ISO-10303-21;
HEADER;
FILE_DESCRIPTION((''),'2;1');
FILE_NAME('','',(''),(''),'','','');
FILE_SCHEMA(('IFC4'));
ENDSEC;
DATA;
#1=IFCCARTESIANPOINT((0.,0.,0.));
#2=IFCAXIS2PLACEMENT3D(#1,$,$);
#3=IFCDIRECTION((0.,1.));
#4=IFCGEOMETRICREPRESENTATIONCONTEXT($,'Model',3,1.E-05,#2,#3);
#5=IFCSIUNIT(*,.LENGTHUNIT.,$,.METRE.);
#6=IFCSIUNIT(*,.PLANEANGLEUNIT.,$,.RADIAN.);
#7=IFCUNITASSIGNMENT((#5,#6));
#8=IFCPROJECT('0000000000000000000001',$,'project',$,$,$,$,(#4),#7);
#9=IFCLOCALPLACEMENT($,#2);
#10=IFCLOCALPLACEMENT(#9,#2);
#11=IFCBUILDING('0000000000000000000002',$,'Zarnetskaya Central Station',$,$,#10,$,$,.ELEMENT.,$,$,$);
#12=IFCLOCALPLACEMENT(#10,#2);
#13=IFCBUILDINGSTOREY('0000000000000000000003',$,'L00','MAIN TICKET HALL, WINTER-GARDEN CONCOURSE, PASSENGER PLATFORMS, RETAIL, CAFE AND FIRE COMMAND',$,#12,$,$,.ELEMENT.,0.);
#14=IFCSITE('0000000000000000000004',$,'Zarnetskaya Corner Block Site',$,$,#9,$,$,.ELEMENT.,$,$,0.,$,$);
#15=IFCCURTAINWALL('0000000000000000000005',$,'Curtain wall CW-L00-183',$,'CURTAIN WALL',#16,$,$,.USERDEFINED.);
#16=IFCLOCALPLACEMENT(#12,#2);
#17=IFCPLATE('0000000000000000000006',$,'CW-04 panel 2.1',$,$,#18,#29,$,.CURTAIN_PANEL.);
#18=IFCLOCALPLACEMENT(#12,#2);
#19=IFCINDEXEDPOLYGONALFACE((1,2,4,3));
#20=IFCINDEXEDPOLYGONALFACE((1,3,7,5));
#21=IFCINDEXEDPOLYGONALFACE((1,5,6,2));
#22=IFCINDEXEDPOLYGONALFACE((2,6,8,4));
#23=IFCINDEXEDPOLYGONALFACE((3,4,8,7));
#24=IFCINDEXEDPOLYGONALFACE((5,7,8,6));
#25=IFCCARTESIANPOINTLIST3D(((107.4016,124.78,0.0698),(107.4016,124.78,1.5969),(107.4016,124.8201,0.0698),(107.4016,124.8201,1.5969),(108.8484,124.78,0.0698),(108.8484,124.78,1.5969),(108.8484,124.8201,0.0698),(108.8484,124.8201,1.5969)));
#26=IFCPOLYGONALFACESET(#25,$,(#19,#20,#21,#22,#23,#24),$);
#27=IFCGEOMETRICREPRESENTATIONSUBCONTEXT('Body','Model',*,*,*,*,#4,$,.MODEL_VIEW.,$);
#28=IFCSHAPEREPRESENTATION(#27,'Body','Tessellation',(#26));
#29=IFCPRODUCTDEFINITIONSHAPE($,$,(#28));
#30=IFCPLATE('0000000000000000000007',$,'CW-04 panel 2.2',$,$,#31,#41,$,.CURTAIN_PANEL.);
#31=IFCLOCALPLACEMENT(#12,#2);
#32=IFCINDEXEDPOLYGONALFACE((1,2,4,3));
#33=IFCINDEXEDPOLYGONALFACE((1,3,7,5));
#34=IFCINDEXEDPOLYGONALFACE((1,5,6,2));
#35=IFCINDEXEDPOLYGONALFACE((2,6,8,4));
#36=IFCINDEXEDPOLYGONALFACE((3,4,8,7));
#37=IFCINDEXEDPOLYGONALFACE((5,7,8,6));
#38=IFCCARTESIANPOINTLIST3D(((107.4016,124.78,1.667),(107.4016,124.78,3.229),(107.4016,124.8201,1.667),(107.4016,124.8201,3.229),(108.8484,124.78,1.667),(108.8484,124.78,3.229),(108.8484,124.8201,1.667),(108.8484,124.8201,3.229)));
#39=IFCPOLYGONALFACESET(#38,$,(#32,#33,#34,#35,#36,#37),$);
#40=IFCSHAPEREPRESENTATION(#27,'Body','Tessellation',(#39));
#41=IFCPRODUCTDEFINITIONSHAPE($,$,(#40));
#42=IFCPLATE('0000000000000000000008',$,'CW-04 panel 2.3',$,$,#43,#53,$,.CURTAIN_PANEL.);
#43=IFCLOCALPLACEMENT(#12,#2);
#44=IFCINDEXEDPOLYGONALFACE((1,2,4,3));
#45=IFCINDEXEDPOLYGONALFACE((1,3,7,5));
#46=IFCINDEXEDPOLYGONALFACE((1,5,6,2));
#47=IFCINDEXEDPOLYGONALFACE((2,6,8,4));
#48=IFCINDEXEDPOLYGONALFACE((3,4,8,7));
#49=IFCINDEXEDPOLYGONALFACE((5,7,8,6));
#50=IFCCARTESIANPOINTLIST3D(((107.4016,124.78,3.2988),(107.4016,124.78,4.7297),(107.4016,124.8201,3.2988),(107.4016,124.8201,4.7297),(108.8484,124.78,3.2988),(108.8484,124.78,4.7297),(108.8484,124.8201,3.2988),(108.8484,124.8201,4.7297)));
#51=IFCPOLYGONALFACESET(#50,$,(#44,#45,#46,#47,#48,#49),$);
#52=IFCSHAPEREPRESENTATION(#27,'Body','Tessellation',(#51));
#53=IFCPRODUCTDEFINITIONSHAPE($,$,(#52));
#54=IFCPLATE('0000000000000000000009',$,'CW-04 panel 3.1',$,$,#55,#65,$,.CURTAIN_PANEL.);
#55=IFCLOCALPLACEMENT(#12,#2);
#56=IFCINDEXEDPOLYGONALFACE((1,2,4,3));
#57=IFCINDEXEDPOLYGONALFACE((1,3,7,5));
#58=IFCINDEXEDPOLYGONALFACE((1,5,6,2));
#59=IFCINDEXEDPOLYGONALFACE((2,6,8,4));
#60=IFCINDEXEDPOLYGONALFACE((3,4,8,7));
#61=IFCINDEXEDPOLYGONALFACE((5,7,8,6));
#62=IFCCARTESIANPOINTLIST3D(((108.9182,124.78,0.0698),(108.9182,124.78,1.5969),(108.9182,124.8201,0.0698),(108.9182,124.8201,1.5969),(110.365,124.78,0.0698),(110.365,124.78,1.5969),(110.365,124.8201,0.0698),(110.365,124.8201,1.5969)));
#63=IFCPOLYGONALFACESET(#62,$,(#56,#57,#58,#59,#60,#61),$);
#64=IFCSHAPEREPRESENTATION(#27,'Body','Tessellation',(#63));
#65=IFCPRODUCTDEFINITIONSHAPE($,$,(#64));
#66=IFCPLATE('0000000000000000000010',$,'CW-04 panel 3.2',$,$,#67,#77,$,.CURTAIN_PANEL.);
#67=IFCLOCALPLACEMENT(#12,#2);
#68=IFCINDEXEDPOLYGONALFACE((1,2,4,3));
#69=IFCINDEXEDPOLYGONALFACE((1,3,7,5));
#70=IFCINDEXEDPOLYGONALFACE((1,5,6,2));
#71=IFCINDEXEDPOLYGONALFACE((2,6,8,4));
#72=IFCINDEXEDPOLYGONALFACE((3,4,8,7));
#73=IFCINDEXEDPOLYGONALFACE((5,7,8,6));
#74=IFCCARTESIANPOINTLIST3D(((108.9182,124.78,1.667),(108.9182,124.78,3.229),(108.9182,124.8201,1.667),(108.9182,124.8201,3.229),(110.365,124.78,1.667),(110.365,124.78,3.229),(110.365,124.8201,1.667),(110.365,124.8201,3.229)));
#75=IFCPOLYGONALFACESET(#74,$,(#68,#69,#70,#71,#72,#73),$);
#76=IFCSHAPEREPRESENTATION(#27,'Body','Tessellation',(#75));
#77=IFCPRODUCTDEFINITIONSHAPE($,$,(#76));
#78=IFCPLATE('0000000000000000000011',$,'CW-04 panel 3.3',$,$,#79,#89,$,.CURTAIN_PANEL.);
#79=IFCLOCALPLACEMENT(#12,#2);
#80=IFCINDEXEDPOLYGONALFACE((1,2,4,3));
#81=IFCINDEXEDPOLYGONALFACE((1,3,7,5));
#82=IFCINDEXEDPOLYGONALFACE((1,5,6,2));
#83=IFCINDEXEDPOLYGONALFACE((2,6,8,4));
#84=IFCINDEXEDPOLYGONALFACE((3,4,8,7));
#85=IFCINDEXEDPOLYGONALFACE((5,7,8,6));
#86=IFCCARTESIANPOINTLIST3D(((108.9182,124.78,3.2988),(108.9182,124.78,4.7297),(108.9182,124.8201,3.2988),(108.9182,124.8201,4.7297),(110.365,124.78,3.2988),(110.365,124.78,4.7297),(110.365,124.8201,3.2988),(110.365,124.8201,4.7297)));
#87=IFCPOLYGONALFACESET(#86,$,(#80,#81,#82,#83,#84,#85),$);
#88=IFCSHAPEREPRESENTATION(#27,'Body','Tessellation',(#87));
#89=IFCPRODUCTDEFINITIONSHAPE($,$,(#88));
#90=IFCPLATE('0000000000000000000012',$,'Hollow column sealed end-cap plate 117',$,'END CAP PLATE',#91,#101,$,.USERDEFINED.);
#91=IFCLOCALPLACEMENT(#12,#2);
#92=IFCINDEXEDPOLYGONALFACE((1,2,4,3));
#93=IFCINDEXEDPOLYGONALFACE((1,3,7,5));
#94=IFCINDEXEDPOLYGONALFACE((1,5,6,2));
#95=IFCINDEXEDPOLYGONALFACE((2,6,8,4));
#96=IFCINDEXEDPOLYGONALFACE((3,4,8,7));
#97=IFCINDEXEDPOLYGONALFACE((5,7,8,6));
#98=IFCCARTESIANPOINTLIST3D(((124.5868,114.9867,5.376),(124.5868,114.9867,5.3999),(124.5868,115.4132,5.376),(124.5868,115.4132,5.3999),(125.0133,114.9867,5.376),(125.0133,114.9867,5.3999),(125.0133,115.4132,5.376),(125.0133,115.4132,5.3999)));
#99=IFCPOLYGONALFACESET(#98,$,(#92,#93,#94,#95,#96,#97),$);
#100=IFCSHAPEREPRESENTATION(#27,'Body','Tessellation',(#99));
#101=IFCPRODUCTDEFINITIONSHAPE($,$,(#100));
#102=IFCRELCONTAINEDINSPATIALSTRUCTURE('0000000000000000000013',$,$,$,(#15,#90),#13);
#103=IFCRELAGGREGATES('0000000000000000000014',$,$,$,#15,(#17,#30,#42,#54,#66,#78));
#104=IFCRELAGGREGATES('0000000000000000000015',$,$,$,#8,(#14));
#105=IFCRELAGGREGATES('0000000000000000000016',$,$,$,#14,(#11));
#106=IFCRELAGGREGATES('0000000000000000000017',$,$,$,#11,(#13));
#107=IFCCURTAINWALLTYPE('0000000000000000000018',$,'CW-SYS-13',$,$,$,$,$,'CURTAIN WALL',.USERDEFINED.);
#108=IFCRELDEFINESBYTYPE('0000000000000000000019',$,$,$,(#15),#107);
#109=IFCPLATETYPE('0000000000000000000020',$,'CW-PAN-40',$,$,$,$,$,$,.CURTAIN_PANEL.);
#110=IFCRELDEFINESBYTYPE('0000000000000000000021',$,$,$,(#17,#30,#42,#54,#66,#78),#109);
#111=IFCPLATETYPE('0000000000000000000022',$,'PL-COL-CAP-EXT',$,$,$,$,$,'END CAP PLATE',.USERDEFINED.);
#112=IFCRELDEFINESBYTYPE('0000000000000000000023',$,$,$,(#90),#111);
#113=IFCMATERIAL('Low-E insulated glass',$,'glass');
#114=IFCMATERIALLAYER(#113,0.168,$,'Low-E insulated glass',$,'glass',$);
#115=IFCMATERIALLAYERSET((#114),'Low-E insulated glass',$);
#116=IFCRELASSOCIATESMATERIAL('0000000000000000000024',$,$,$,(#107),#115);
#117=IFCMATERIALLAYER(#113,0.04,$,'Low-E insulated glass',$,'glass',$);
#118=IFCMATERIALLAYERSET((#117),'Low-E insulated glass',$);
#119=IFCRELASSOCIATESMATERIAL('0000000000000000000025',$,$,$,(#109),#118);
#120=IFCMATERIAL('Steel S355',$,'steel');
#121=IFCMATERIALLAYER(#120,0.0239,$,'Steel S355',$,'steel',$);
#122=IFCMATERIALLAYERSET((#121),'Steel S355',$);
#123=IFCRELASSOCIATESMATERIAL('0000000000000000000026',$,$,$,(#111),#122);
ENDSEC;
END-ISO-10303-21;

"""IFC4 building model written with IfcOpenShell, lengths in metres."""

from ifc_helpers import new_model, si_unit, direction, frame, origin, origin_2d, place, context, subcontext, project, spatial, rectangle, extrude, material, layer, layer_set, type_object, element, aggregate, save


model = new_model("IFC4")

# Units and contexts
model_context = context("Model", 3, precision=1e-05, world=origin(), true_north=direction((0.0, 1.0)))
body_context = subcontext(model_context, "Body", "Model", "MODEL_VIEW")
ifc_project = project(units=[si_unit("LENGTHUNIT", "METRE"), si_unit("PLANEANGLEUNIT", "RADIAN")], contexts=[model_context])

# Site, building, storey
site_placement = place(None, origin())
site = spatial("IfcSite", under=ifc_project, at=site_placement, Name="Zarnetskaya Corner Block Site", CompositionType="ELEMENT", RefElevation=0.0)
building_placement = place(site_placement, origin())
building = spatial("IfcBuilding", under=site, at=building_placement, Name="Zarnetskaya Central Station", CompositionType="ELEMENT")
storey_placement = place(building_placement, origin())
storey = spatial("IfcBuildingStorey", under=building, at=storey_placement, Name="L00", Description="MAIN TICKET HALL, WINTER-GARDEN CONCOURSE, PASSENGER PLATFORMS, RETAIL, CAFE AND FIRE COMMAND", CompositionType="ELEMENT", Elevation=0.0)

# Shared definitions
ifc_material_1 = material(Name="Steel S355", Category="steel")

# Curtain wall, plates
ifc_material_2 = material(Name="Low-E insulated glass", Category="glass")
ifc_layer_1 = layer(ifc_material_2, 0.168, Name="Low-E insulated glass", Category="glass")
ifc_layer_set_1 = layer_set([ifc_layer_1], Name="Low-E insulated glass")
curtain_wall_type = type_object("IfcCurtainWallType", Name="CW-SYS-13", ElementType="CURTAIN WALL", PredefinedType="USERDEFINED", material=ifc_layer_set_1)
curtain_wall_placement = place(storey_placement, origin())
curtain_wall = element("IfcCurtainWall", 1, at=curtain_wall_placement, inside=storey, type_object=curtain_wall_type, Name="Curtain wall CW-L00-183", ObjectType="CURTAIN WALL", PredefinedType="USERDEFINED")
ifc_layer_2 = layer(ifc_material_2, 0.04, Name="Low-E insulated glass", Category="glass")
ifc_layer_set_2 = layer_set([ifc_layer_2], Name="Low-E insulated glass")
plate_type_1 = type_object("IfcPlateType", Name="CW-PAN-40", PredefinedType="CURTAIN_PANEL", material=ifc_layer_set_2)
plate_1_placement = place(storey_placement, frame((108.125, 124.8, 0.0698), z_axis=(0.0, 0.0, 1.0), x_axis=(1.0, 0.0, 0.0)))
plate_1 = element("IfcPlate", 2, at=plate_1_placement, type_object=plate_type_1, Name="CW-04 panel 2.1", PredefinedType="CURTAIN_PANEL", context=body_context, shape_type="SweptSolid", body=[
    extrude(rectangle(XDim=1.4468, YDim=0.04, at=origin_2d()), origin(), (0.0, 0.0, 1.0), 1.5271),
])
plate_2_placement = place(storey_placement, frame((108.125, 124.8, 1.667), z_axis=(0.0, 0.0, 1.0), x_axis=(1.0, 0.0, 0.0)))
plate_2 = element("IfcPlate", 3, at=plate_2_placement, type_object=plate_type_1, Name="CW-04 panel 2.2", PredefinedType="CURTAIN_PANEL", context=body_context, shape_type="SweptSolid", body=[
    extrude(rectangle(XDim=1.4468, YDim=0.04, at=origin_2d()), origin(), (0.0, 0.0, 1.0), 1.562),
])
plate_3_placement = place(storey_placement, frame((108.125, 124.8, 3.2988), z_axis=(0.0, 0.0, 1.0), x_axis=(1.0, 0.0, 0.0)))
plate_3 = element("IfcPlate", 4, at=plate_3_placement, type_object=plate_type_1, Name="CW-04 panel 2.3", PredefinedType="CURTAIN_PANEL", context=body_context, shape_type="SweptSolid", body=[
    extrude(rectangle(XDim=1.4468, YDim=0.04, at=origin_2d()), origin(), (0.0, 0.0, 1.0), 1.4309),
])
plate_4_placement = place(storey_placement, frame((109.6416, 124.8, 0.0698), z_axis=(0.0, 0.0, 1.0), x_axis=(1.0, 0.0, 0.0)))
plate_4 = element("IfcPlate", 5, at=plate_4_placement, type_object=plate_type_1, Name="CW-04 panel 3.1", PredefinedType="CURTAIN_PANEL", context=body_context, shape_type="SweptSolid", body=[
    extrude(rectangle(XDim=1.4468, YDim=0.04, at=origin_2d()), origin(), (0.0, 0.0, 1.0), 1.5271),
])
plate_5_placement = place(storey_placement, frame((109.6416, 124.8, 1.667), z_axis=(0.0, 0.0, 1.0), x_axis=(1.0, 0.0, 0.0)))
plate_5 = element("IfcPlate", 6, at=plate_5_placement, type_object=plate_type_1, Name="CW-04 panel 3.2", PredefinedType="CURTAIN_PANEL", context=body_context, shape_type="SweptSolid", body=[
    extrude(rectangle(XDim=1.4468, YDim=0.04, at=origin_2d()), origin(), (0.0, 0.0, 1.0), 1.562),
])
plate_6_placement = place(storey_placement, frame((109.6416, 124.8, 3.2988), z_axis=(0.0, 0.0, 1.0), x_axis=(1.0, 0.0, 0.0)))
plate_6 = element("IfcPlate", 7, at=plate_6_placement, type_object=plate_type_1, Name="CW-04 panel 3.3", PredefinedType="CURTAIN_PANEL", context=body_context, shape_type="SweptSolid", body=[
    extrude(rectangle(XDim=1.4468, YDim=0.04, at=origin_2d()), origin(), (0.0, 0.0, 1.0), 1.4309),
])
aggregate(curtain_wall, [plate_1, plate_2, plate_3, plate_4, plate_5, plate_6])

# Plate
ifc_layer_3 = layer(ifc_material_1, 0.0239, Name="Steel S355", Category="steel")
ifc_layer_set_3 = layer_set([ifc_layer_3], Name="Steel S355")
plate_type_2 = type_object("IfcPlateType", Name="PL-COL-CAP-EXT", ElementType="END CAP PLATE", PredefinedType="USERDEFINED", material=ifc_layer_set_3)
plate_7_placement = place(storey_placement, frame((124.8, 115.2, 5.376), z_axis=(0.0, 0.0, 1.0), x_axis=(1.0, 0.0, 0.0)))
element("IfcPlate", 8, at=plate_7_placement, inside=storey, type_object=plate_type_2, Name="Hollow column sealed end-cap plate 117", ObjectType="END CAP PLATE", PredefinedType="USERDEFINED", context=body_context, shape_type="SweptSolid", body=[
    extrude(rectangle(XDim=0.4265, YDim=0.4265, at=origin_2d()), origin(), (0.0, 0.0, 1.0), 0.0239),
])

save(model, "model.ifc")
